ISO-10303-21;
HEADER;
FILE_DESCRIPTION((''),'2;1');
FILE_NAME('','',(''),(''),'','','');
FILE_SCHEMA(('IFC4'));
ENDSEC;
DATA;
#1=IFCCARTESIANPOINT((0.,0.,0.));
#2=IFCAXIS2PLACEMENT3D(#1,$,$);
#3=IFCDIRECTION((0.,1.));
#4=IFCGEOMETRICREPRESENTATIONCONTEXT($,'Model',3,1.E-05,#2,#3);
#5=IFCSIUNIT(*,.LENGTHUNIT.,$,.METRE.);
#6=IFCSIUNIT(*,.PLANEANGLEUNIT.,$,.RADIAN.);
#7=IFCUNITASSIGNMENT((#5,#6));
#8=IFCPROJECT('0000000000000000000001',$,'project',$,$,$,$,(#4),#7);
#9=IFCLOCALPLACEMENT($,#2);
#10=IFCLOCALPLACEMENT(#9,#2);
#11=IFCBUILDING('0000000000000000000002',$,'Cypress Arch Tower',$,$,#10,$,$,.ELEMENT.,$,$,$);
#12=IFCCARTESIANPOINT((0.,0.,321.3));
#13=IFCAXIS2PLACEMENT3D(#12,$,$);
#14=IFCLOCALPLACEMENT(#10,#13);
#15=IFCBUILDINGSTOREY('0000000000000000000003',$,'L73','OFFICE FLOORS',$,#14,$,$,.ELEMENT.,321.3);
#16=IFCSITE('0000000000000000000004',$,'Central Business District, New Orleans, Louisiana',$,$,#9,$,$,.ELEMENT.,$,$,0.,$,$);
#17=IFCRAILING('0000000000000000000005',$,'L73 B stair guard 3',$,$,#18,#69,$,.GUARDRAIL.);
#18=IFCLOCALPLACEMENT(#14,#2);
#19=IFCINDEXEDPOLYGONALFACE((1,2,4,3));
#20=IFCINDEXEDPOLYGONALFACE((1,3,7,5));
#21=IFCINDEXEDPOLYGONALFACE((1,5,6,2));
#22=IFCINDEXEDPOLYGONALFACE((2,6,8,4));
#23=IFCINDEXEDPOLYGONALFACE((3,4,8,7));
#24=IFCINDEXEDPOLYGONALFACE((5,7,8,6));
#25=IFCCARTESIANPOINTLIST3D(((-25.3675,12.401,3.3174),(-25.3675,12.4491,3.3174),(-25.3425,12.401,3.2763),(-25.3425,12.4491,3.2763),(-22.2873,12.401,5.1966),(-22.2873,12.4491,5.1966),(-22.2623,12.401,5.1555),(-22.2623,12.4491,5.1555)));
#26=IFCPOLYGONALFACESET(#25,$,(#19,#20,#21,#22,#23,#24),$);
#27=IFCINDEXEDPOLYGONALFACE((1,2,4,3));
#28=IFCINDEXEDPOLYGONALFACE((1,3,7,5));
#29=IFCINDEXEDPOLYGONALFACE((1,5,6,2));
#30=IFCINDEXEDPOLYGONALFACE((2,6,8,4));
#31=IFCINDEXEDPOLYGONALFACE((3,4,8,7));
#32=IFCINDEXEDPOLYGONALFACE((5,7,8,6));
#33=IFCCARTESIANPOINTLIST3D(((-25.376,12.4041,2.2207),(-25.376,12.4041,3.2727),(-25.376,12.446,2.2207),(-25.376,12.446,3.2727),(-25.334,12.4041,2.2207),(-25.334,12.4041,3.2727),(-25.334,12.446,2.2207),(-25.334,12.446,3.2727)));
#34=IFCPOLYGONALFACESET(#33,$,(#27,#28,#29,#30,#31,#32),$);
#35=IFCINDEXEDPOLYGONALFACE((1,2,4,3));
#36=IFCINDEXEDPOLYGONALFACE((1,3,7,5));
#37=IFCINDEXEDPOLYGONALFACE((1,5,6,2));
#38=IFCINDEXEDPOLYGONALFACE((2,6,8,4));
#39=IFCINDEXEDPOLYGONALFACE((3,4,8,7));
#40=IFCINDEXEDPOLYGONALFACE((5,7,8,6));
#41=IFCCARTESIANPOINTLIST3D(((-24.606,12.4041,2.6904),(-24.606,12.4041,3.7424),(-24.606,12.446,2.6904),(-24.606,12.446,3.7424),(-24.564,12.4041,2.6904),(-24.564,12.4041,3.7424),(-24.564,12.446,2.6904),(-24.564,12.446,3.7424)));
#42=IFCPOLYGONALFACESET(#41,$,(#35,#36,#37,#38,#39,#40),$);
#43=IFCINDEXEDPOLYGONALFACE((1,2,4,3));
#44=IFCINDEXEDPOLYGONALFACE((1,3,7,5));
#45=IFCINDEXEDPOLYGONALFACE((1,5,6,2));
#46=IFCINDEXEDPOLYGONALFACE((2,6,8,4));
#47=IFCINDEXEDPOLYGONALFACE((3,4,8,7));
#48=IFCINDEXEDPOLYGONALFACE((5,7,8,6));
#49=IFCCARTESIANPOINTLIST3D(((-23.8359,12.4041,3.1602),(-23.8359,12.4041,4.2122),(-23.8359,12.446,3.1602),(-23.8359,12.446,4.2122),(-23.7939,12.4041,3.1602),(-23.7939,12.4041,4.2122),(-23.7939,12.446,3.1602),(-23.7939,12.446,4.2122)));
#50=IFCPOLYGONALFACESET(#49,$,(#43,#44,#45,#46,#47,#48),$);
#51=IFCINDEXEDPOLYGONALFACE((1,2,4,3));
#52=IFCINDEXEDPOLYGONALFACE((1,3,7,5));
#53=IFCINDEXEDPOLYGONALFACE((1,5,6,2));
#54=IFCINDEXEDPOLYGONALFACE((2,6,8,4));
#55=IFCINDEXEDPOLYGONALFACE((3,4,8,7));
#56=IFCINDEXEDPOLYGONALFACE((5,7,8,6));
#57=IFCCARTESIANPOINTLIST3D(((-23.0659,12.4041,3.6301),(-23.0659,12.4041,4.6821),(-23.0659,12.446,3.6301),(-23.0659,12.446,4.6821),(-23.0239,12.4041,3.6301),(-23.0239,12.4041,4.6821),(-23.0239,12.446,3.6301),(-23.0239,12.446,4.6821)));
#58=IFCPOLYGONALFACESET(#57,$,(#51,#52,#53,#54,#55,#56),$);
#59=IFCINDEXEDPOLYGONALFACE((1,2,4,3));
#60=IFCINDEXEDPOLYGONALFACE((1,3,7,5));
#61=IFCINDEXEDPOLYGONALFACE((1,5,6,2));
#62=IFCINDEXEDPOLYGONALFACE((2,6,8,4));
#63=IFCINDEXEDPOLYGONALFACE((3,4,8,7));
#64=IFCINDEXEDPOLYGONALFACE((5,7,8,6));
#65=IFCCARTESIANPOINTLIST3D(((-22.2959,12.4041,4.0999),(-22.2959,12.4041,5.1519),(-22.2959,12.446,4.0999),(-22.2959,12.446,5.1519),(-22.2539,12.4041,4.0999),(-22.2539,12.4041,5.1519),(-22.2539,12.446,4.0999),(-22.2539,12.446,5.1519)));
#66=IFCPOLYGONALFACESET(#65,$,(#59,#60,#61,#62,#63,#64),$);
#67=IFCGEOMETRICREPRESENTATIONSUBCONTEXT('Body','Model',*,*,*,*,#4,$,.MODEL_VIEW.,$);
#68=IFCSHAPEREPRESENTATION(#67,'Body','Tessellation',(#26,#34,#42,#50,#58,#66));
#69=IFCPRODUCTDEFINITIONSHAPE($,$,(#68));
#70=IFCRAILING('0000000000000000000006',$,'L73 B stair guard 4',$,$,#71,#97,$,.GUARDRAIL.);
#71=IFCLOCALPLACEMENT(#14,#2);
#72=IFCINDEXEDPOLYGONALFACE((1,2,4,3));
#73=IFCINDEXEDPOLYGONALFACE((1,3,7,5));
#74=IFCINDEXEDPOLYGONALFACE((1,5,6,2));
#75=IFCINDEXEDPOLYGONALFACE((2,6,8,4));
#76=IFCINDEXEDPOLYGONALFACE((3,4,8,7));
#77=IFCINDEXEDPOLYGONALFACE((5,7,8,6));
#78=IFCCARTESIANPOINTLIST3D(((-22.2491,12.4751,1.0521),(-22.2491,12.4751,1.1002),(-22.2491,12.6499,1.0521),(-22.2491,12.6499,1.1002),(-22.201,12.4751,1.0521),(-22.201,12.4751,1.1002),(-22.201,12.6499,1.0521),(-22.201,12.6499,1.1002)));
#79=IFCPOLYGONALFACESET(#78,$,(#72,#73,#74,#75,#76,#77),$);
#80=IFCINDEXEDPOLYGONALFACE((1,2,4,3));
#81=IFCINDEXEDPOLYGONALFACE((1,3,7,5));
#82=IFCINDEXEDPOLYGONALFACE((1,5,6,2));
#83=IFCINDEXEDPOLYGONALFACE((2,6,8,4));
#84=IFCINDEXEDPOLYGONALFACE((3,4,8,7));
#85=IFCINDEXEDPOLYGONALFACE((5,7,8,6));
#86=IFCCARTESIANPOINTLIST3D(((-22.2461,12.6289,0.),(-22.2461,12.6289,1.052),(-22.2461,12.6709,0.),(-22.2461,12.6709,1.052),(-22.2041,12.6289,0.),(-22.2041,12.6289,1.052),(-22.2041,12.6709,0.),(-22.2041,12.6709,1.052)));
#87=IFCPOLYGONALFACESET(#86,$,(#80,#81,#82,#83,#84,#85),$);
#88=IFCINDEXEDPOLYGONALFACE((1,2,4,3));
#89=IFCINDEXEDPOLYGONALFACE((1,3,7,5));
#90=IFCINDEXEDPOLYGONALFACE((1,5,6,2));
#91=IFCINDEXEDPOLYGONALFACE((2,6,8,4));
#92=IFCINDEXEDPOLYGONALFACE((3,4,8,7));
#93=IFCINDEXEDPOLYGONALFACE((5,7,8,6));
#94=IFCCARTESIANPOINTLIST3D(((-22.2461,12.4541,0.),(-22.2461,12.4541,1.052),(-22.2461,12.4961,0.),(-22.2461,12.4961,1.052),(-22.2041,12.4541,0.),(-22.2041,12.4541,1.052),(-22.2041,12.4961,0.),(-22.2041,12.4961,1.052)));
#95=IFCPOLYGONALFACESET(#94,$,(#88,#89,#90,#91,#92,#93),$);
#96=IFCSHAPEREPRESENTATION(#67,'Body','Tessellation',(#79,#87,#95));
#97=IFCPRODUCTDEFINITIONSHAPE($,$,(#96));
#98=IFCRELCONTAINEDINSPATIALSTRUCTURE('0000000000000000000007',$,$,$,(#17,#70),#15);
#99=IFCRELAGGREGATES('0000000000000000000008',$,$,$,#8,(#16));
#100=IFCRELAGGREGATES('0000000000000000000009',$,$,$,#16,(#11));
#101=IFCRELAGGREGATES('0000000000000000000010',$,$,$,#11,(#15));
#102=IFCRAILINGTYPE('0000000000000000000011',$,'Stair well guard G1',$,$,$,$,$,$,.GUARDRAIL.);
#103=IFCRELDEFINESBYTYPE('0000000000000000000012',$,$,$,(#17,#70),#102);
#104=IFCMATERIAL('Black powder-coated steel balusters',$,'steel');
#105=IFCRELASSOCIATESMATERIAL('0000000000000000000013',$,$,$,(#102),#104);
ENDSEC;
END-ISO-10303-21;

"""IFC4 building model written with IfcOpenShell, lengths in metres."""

from ifc_helpers import new_model, si_unit, direction, frame, origin, origin_2d, place, context, subcontext, project, spatial, rectangle, extrude, material, type_object, element, save


model = new_model("IFC4")

# Units and contexts
model_context = context("Model", 3, precision=1e-05, world=origin(), true_north=direction((0.0, 1.0)))
body_context = subcontext(model_context, "Body", "Model", "MODEL_VIEW")
ifc_project = project(units=[si_unit("LENGTHUNIT", "METRE"), si_unit("PLANEANGLEUNIT", "RADIAN")], contexts=[model_context])

# Site, building, storey
site_placement = place(None, origin())
site = spatial("IfcSite", under=ifc_project, at=site_placement, Name="Central Business District, New Orleans, Louisiana", CompositionType="ELEMENT", RefElevation=0.0)
building_placement = place(site_placement, origin())
building = spatial("IfcBuilding", under=site, at=building_placement, Name="Cypress Arch Tower", CompositionType="ELEMENT")
storey_placement = place(building_placement, frame((0.0, 0.0, 321.3)))
storey = spatial("IfcBuildingStorey", under=building, at=storey_placement, Name="L73", Description="OFFICE FLOORS", CompositionType="ELEMENT", Elevation=321.3)

# Railings
ifc_material_1 = material(Name="Black powder-coated steel balusters", Category="steel")
railing_type_1 = type_object("IfcRailingType", Name="Stair well guard G1", PredefinedType="GUARDRAIL", material=ifc_material_1)
railing_1_placement = place(storey_placement, frame((-25.355, 12.425, 2.2207)))
element("IfcRailing", 1, at=railing_1_placement, inside=storey, type_object=railing_type_1, Name="L73 B stair guard 3", PredefinedType="GUARDRAIL", context=body_context, shape_type="SweptSolid", body=[
    extrude(rectangle(XDim=0.0481, YDim=0.0481, at=origin_2d()), frame((0.0, 0.0, 1.0762), z_axis=(0.853666, 0.0, 0.52082), x_axis=(0.0, 1.0, 0.0)), (0.0, 0.0, 1.0), 3.6082),
    extrude(rectangle(XDim=0.042, YDim=0.042, at=origin_2d()), origin(), (0.0, 0.0, 1.0), 1.052),
    extrude(rectangle(XDim=0.042, YDim=0.042, at=origin_2d()), frame((0.77, 0.0, 0.4697)), (0.0, 0.0, 1.0), 1.052),
    extrude(rectangle(XDim=0.042, YDim=0.042, at=origin_2d()), frame((1.54, 0.0, 0.9395)), (0.0, 0.0, 1.0), 1.052),
    extrude(rectangle(XDim=0.042, YDim=0.042, at=origin_2d()), frame((2.3101, 0.0, 1.4094)), (0.0, 0.0, 1.0), 1.052),
    extrude(rectangle(XDim=0.042, YDim=0.042, at=origin_2d()), frame((3.0801, 0.0, 1.8792)), (0.0, 0.0, 1.0), 1.052),
])
railing_2_placement = place(storey_placement, frame((-22.2251, 12.6499, 0.0)))
element("IfcRailing", 2, at=railing_2_placement, inside=storey, type_object=railing_type_1, Name="L73 B stair guard 4", PredefinedType="GUARDRAIL", context=body_context, shape_type="SweptSolid", body=[
    extrude(rectangle(XDim=0.0481, YDim=0.0481, at=origin_2d()), frame((0.0, 0.0, 1.0762), z_axis=(0.0, -1.0, 0.0), x_axis=(1.0, 0.0, 0.0)), (0.0, 0.0, 1.0), 0.1748),
    extrude(rectangle(XDim=0.042, YDim=0.042, at=origin_2d()), origin(), (0.0, 0.0, 1.0), 1.052),
    extrude(rectangle(XDim=0.042, YDim=0.042, at=origin_2d()), frame((0.0, -0.1748, 0.0)), (0.0, 0.0, 1.0), 1.052),
])

save(model, "model.ifc")
